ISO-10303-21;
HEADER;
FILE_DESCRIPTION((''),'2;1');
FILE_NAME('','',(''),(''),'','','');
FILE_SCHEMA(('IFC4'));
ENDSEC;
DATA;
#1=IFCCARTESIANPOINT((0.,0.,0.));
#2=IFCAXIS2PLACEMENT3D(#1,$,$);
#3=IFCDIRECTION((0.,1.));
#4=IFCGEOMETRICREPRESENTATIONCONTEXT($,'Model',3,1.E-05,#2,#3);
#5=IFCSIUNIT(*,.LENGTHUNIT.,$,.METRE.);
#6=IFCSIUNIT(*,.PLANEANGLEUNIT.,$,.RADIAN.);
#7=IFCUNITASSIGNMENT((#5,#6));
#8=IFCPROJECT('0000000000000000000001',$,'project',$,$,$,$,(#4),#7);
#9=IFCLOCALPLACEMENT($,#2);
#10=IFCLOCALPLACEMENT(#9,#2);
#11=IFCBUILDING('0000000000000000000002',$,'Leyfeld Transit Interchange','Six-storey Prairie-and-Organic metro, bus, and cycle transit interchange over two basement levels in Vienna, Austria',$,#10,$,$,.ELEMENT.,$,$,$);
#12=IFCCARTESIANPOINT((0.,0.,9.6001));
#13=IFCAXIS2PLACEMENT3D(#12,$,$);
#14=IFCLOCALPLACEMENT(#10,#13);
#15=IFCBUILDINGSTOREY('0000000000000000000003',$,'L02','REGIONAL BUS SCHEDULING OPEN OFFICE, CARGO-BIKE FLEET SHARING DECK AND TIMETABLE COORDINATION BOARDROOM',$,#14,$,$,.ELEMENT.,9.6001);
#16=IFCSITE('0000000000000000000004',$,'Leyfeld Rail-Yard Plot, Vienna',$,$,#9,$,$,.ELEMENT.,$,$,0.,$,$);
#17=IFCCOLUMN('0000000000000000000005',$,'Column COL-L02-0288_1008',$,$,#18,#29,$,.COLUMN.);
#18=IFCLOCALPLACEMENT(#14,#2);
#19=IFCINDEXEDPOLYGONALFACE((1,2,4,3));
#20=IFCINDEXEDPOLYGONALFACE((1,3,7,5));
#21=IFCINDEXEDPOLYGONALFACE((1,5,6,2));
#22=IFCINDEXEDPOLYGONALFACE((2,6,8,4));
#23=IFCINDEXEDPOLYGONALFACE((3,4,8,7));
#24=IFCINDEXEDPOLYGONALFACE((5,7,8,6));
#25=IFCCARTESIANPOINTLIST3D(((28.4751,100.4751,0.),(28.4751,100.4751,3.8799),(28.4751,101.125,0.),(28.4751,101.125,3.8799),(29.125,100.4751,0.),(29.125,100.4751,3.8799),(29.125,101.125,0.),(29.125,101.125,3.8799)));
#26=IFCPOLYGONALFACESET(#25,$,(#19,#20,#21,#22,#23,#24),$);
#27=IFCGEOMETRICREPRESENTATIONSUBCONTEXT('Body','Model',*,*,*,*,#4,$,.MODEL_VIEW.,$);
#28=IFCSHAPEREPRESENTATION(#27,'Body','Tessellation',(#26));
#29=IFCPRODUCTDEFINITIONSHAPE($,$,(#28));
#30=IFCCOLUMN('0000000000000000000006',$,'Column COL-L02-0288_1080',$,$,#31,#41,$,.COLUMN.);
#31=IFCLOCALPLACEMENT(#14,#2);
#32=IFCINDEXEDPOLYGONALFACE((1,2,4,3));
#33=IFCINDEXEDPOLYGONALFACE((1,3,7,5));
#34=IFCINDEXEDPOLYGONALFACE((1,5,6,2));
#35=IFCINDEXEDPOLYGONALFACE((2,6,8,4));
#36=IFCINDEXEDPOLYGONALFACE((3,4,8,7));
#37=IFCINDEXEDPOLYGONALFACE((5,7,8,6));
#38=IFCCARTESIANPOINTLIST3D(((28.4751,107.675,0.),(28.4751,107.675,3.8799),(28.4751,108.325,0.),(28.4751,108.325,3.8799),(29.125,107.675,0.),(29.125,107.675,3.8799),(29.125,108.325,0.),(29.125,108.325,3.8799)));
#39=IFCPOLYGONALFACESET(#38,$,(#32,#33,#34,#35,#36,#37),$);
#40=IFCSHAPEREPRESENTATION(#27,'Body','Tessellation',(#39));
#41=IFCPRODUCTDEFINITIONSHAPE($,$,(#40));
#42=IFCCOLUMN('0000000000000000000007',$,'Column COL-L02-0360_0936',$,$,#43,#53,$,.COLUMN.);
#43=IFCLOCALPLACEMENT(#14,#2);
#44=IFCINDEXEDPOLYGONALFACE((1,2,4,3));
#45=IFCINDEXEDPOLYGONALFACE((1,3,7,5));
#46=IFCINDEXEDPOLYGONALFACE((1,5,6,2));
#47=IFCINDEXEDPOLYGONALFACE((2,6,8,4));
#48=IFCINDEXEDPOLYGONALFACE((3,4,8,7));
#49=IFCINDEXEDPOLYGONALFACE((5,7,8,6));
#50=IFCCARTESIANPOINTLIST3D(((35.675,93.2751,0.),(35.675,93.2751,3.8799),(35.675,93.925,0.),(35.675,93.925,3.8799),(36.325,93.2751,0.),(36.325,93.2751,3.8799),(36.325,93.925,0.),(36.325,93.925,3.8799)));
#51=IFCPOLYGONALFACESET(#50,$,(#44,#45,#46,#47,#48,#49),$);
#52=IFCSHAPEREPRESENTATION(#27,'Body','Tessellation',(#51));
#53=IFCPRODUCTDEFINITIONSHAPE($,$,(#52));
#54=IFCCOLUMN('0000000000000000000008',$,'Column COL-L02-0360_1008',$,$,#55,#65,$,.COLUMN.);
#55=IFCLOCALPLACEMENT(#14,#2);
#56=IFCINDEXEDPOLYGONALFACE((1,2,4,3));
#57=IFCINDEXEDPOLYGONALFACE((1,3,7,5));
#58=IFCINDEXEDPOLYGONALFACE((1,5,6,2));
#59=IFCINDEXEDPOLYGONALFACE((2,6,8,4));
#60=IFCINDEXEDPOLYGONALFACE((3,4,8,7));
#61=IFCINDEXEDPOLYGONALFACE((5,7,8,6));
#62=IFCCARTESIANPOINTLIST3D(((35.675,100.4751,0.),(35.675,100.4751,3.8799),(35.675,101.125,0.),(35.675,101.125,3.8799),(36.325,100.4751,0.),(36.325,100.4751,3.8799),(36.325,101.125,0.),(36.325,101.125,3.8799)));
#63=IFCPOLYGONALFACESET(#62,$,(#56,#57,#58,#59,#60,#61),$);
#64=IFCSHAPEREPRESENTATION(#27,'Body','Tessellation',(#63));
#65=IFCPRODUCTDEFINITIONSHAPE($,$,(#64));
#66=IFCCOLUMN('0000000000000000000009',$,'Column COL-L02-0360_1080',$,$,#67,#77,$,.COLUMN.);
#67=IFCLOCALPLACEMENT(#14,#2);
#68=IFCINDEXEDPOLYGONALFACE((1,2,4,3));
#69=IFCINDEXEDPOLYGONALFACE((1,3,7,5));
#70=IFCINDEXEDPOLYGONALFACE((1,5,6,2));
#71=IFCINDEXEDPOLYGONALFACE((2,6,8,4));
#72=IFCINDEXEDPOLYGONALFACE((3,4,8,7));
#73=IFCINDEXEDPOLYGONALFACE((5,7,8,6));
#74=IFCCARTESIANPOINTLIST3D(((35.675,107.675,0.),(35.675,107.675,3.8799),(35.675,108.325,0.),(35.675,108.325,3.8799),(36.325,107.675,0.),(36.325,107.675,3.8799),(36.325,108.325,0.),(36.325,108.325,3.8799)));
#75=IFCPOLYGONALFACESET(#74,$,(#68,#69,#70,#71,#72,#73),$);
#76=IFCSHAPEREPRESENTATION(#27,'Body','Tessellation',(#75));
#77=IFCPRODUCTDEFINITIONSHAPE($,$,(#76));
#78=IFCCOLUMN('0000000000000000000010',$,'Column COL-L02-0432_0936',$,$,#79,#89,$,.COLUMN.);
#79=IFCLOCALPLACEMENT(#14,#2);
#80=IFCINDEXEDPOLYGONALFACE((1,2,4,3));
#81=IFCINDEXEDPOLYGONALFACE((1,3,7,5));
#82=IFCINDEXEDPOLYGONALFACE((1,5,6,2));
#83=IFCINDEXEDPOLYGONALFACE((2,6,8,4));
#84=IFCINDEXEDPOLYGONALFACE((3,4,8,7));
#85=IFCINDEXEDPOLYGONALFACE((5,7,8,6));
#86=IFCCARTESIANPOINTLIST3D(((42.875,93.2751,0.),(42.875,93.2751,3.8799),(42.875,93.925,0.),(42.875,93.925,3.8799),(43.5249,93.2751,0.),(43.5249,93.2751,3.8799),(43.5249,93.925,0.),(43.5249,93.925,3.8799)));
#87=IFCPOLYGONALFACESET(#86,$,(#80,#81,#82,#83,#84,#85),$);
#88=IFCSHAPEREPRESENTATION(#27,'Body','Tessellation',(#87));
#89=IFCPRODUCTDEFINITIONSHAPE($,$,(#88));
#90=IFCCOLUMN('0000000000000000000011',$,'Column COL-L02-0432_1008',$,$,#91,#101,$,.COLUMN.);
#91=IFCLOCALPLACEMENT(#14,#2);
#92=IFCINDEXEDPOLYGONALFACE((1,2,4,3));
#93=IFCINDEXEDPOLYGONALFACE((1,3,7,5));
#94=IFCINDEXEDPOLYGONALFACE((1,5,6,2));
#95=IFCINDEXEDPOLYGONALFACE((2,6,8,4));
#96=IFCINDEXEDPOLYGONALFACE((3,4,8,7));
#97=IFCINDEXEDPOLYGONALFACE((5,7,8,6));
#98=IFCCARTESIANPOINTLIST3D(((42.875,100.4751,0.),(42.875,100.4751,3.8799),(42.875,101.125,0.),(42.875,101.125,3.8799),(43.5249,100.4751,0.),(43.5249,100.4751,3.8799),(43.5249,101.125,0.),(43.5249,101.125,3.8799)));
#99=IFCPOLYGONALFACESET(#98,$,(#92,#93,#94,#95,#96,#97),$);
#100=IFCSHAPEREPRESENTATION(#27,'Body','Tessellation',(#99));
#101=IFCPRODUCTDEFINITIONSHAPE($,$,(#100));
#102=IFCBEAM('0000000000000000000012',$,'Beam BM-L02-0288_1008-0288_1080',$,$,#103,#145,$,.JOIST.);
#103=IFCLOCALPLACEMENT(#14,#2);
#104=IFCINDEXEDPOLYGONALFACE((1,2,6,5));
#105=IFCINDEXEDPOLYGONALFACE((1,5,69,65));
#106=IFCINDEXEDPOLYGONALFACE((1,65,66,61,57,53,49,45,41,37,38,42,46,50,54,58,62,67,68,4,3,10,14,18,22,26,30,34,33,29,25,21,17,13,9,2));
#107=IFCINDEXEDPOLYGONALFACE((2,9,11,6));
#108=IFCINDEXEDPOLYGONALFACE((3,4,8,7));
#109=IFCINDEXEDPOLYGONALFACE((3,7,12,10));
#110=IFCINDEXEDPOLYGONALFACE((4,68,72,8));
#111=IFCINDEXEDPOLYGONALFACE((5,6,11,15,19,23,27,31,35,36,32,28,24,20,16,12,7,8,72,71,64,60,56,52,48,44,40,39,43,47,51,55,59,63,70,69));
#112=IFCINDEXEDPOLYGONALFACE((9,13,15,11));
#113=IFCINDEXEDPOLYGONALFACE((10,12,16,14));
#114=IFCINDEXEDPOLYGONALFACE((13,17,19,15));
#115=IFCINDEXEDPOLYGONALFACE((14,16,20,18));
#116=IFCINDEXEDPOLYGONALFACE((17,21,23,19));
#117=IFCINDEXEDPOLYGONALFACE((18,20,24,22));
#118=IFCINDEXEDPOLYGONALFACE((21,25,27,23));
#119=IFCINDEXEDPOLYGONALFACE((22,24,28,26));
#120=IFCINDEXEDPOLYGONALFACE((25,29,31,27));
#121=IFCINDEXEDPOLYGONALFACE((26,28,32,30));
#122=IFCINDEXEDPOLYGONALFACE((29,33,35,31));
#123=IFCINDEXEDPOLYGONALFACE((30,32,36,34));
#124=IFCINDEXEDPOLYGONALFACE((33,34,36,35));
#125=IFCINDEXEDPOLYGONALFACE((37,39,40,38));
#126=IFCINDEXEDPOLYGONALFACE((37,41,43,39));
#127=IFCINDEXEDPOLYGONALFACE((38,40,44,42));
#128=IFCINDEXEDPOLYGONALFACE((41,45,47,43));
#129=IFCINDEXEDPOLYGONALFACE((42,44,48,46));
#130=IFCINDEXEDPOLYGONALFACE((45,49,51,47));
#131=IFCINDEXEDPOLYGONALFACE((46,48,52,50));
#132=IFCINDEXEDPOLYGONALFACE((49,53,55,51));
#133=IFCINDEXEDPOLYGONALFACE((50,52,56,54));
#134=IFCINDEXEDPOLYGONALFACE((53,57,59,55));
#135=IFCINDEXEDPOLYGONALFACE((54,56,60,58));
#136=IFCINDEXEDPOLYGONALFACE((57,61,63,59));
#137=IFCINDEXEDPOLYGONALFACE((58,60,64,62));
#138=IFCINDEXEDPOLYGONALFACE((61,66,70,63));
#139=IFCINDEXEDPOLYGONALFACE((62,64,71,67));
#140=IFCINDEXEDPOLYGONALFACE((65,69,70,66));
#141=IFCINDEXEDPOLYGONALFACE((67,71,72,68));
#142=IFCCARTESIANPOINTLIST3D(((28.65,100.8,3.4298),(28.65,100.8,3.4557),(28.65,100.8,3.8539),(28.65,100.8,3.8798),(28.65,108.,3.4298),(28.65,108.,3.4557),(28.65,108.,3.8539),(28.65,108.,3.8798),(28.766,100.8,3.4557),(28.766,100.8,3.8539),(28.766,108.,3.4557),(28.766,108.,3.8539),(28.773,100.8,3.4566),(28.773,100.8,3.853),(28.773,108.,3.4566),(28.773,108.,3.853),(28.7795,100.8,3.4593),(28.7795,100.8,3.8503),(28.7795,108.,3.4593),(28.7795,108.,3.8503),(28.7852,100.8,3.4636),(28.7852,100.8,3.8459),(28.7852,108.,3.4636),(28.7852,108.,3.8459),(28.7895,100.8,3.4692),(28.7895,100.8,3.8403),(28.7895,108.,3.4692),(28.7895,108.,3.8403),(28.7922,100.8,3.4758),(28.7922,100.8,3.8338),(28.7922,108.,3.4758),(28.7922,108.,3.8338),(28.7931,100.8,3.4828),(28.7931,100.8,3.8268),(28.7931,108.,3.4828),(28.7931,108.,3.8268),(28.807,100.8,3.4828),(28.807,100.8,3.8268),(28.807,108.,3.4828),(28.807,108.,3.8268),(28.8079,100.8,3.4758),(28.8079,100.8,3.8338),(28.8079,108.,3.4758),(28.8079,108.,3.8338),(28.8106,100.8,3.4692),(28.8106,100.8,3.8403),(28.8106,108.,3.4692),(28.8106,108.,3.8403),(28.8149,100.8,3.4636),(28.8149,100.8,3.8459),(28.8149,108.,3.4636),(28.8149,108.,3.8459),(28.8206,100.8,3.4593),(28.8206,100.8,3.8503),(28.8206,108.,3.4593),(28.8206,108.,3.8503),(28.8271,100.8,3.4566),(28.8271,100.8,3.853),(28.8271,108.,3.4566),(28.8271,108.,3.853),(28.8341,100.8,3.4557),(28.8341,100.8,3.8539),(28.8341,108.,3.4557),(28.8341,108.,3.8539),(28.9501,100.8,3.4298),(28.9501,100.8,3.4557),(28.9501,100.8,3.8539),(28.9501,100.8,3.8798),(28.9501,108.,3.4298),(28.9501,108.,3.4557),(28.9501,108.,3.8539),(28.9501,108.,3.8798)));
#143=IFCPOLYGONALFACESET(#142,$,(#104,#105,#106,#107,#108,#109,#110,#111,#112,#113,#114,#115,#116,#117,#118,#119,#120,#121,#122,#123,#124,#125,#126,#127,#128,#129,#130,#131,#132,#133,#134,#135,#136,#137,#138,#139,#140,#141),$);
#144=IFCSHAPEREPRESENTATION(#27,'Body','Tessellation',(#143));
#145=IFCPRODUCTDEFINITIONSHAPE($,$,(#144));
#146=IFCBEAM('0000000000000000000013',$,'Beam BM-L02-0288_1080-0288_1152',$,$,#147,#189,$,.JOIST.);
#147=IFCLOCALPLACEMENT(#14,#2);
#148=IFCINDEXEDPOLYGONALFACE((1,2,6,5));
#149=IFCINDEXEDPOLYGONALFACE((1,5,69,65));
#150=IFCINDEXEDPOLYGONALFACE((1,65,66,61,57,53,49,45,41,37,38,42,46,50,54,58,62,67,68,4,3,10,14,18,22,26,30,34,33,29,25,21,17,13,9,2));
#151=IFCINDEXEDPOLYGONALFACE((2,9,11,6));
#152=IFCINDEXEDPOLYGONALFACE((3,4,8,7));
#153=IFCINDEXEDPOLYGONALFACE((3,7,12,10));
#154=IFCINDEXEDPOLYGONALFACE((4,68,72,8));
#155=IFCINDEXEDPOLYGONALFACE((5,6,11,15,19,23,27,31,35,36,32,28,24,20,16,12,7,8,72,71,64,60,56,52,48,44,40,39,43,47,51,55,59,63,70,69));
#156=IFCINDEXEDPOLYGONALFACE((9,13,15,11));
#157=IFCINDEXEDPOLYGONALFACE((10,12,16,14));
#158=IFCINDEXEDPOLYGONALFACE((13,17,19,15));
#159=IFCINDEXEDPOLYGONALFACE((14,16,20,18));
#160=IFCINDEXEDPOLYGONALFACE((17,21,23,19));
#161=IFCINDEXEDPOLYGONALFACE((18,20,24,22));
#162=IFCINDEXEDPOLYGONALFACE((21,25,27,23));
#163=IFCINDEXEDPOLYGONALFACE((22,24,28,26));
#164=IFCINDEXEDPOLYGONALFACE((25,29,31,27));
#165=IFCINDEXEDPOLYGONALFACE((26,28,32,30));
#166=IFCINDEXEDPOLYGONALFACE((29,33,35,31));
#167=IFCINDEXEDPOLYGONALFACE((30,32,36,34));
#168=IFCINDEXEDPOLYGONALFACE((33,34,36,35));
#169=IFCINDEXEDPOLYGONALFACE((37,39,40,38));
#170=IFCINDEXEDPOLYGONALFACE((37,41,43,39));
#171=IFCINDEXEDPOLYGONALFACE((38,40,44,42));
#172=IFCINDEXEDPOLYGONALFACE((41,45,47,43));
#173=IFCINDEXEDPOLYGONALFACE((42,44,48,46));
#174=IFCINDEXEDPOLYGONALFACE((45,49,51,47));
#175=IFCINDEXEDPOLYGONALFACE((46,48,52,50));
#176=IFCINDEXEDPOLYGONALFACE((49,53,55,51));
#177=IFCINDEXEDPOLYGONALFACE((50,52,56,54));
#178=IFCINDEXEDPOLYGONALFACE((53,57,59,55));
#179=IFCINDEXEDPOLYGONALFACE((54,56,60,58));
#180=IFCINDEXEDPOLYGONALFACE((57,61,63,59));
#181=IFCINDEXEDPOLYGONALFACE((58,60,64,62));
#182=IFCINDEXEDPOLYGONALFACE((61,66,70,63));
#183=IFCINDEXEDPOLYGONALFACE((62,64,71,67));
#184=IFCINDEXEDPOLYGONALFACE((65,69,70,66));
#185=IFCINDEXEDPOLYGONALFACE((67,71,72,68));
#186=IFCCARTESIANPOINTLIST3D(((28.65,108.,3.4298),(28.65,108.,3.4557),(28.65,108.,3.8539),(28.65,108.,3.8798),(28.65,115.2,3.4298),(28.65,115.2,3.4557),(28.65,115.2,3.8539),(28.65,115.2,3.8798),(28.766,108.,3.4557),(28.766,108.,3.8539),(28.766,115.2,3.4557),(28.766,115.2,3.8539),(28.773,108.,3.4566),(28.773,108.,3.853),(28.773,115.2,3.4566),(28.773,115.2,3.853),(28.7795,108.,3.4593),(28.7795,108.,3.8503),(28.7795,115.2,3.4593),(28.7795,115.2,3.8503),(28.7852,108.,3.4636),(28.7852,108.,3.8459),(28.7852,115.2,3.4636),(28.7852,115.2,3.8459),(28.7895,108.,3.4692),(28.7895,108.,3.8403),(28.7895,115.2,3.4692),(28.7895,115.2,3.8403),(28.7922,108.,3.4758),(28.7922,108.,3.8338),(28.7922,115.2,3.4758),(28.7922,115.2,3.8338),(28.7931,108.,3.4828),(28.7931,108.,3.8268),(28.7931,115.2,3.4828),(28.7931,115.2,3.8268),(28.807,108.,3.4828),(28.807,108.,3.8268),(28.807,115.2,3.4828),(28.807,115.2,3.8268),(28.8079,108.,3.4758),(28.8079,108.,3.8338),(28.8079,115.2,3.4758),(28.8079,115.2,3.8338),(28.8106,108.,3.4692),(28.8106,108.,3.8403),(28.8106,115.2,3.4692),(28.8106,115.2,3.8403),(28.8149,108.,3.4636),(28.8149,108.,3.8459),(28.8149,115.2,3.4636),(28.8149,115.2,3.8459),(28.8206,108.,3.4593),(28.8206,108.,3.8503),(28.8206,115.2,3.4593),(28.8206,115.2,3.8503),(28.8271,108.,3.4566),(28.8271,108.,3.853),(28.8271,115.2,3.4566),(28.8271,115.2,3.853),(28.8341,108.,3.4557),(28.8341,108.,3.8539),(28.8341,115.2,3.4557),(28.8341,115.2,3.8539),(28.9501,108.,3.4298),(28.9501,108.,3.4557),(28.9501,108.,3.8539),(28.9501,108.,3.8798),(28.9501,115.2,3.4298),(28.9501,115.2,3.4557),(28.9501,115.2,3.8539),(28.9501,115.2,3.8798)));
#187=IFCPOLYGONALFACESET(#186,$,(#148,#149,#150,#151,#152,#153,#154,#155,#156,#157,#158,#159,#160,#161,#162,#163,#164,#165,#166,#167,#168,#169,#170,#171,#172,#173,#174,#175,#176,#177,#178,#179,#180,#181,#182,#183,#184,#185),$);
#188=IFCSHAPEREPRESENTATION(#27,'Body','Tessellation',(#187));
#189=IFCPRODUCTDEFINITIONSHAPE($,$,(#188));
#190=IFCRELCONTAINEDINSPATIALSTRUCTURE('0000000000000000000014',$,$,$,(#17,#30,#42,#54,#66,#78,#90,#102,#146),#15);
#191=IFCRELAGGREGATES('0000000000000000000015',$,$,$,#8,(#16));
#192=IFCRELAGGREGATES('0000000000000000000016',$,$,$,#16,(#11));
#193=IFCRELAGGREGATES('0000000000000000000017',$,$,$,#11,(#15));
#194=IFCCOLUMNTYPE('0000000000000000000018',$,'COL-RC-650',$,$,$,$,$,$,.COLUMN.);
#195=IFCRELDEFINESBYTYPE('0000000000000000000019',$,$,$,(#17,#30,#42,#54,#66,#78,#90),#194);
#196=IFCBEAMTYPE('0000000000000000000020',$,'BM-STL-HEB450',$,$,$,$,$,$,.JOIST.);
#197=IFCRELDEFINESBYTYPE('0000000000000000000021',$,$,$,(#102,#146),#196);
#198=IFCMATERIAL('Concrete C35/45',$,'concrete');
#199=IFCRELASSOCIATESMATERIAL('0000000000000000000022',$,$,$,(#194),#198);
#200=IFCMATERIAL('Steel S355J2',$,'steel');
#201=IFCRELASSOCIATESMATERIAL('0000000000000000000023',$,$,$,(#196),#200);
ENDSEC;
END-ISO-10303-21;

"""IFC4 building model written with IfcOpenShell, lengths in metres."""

from ifc_helpers import new_model, si_unit, direction, frame, origin, origin_2d, place, context, subcontext, project, spatial, rectangle, i_section, extrude, material, material_profile, profile_set, type_object, element, save


model = new_model("IFC4")

# Units and contexts
model_context = context("Model", 3, precision=1e-05, world=origin(), true_north=direction((0.0, 1.0)))
body_context = subcontext(model_context, "Body", "Model", "MODEL_VIEW")
ifc_project = project(units=[si_unit("LENGTHUNIT", "METRE"), si_unit("PLANEANGLEUNIT", "RADIAN")], contexts=[model_context])

# Site, building, storey
site_placement = place(None, origin())
site = spatial("IfcSite", under=ifc_project, at=site_placement, Name="Leyfeld Rail-Yard Plot, Vienna", CompositionType="ELEMENT", RefElevation=0.0)
building_placement = place(site_placement, origin())
building = spatial("IfcBuilding", under=site, at=building_placement, Name="Leyfeld Transit Interchange", Description="Six-storey Prairie-and-Organic metro, bus, and cycle transit interchange over two basement levels in Vienna, Austria", CompositionType="ELEMENT")
storey_placement = place(building_placement, frame((0.0, 0.0, 9.6001)))
storey = spatial("IfcBuildingStorey", under=building, at=storey_placement, Name="L02", Description="REGIONAL BUS SCHEDULING OPEN OFFICE, CARGO-BIKE FLEET SHARING DECK AND TIMETABLE COORDINATION BOARDROOM", CompositionType="ELEMENT", Elevation=9.6001)

# Columns
ifc_material_1 = material(Name="Concrete C35/45", Category="concrete")
ifc_material_profile_1 = material_profile(ifc_material_1, rectangle(XDim=0.6499, YDim=0.6499, at=origin_2d()), Name="RC 650x650")
ifc_profile_set_1 = profile_set([ifc_material_profile_1], Name="Concrete C35/45")
column_type = type_object("IfcColumnType", Name="COL-RC-650", PredefinedType="COLUMN", material=ifc_profile_set_1)
for number, where, z_axis, x_axis, name in (
    (1, (28.8, 100.8, 0.0), (0.0, 0.0, 1.0), (1.0, 0.0, 0.0), "Column COL-L02-0288_1008"),
    (2, (28.8, 108.0, 0.0), (0.0, 0.0, 1.0), (1.0, 0.0, 0.0), "Column COL-L02-0288_1080"),
    (3, (36.0, 93.6001, 0.0), (0.0, 0.0, 1.0), (1.0, 0.0, 0.0), "Column COL-L02-0360_0936"),
    (4, (36.0, 100.8, 0.0), (0.0, 0.0, 1.0), (1.0, 0.0, 0.0), "Column COL-L02-0360_1008"),
    (5, (36.0, 108.0, 0.0), (0.0, 0.0, 1.0), (1.0, 0.0, 0.0), "Column COL-L02-0360_1080"),
    (6, (43.2, 93.6001, 0.0), (0.0, 0.0, 1.0), (0.0, 1.0, 0.0), "Column COL-L02-0432_0936"),
    (7, (43.2, 100.8, 0.0), (0.0, 0.0, 1.0), (1.0, 0.0, 0.0), "Column COL-L02-0432_1008"),
):
    element("IfcColumn", number, at=place(storey_placement, frame(where, z_axis=z_axis, x_axis=x_axis)), inside=storey, type_object=column_type, Name=name, PredefinedType="COLUMN", context=body_context, shape_type="SweptSolid", body=[
        extrude(rectangle(XDim=0.6499, YDim=0.6499, at=origin_2d()), origin(), (0.0, 0.0, 1.0), 3.8799),
    ])

# Beams
ifc_material_2 = material(Name="Steel S355J2", Category="steel")
ifc_material_profile_2 = material_profile(ifc_material_2, i_section(OverallWidth=0.3, OverallDepth=0.45, WebThickness=0.0139, FlangeThickness=0.0259, FilletRadius=0.0271, at=origin_2d()), Name="HEB 450")
ifc_profile_set_2 = profile_set([ifc_material_profile_2], Name="Steel S355J2")
beam_type_1 = type_object("IfcBeamType", Name="BM-STL-HEB450", PredefinedType="JOIST", material=ifc_profile_set_2)
for number, where, z_axis, x_axis, name in (
    (8, (28.8, 100.8, 3.6548), (0.0, 1.0, 0.0), (-1.0, 0.0, 0.0), "Beam BM-L02-0288_1008-0288_1080"),
    (9, (28.8, 108.0, 3.6548), (0.0, 1.0, 0.0), (-1.0, 0.0, 0.0), "Beam BM-L02-0288_1080-0288_1152"),
):
    element("IfcBeam", number, at=place(storey_placement, frame(where, z_axis=z_axis, x_axis=x_axis)), inside=storey, type_object=beam_type_1, Name=name, PredefinedType="JOIST", context=body_context, shape_type="SweptSolid", body=[
        extrude(i_section(OverallWidth=0.3, OverallDepth=0.45, WebThickness=0.0139, FlangeThickness=0.0259, FilletRadius=0.0271, at=origin_2d()), origin(), (0.0, 0.0, 1.0), 7.2),
    ])

save(model, "model.ifc")
